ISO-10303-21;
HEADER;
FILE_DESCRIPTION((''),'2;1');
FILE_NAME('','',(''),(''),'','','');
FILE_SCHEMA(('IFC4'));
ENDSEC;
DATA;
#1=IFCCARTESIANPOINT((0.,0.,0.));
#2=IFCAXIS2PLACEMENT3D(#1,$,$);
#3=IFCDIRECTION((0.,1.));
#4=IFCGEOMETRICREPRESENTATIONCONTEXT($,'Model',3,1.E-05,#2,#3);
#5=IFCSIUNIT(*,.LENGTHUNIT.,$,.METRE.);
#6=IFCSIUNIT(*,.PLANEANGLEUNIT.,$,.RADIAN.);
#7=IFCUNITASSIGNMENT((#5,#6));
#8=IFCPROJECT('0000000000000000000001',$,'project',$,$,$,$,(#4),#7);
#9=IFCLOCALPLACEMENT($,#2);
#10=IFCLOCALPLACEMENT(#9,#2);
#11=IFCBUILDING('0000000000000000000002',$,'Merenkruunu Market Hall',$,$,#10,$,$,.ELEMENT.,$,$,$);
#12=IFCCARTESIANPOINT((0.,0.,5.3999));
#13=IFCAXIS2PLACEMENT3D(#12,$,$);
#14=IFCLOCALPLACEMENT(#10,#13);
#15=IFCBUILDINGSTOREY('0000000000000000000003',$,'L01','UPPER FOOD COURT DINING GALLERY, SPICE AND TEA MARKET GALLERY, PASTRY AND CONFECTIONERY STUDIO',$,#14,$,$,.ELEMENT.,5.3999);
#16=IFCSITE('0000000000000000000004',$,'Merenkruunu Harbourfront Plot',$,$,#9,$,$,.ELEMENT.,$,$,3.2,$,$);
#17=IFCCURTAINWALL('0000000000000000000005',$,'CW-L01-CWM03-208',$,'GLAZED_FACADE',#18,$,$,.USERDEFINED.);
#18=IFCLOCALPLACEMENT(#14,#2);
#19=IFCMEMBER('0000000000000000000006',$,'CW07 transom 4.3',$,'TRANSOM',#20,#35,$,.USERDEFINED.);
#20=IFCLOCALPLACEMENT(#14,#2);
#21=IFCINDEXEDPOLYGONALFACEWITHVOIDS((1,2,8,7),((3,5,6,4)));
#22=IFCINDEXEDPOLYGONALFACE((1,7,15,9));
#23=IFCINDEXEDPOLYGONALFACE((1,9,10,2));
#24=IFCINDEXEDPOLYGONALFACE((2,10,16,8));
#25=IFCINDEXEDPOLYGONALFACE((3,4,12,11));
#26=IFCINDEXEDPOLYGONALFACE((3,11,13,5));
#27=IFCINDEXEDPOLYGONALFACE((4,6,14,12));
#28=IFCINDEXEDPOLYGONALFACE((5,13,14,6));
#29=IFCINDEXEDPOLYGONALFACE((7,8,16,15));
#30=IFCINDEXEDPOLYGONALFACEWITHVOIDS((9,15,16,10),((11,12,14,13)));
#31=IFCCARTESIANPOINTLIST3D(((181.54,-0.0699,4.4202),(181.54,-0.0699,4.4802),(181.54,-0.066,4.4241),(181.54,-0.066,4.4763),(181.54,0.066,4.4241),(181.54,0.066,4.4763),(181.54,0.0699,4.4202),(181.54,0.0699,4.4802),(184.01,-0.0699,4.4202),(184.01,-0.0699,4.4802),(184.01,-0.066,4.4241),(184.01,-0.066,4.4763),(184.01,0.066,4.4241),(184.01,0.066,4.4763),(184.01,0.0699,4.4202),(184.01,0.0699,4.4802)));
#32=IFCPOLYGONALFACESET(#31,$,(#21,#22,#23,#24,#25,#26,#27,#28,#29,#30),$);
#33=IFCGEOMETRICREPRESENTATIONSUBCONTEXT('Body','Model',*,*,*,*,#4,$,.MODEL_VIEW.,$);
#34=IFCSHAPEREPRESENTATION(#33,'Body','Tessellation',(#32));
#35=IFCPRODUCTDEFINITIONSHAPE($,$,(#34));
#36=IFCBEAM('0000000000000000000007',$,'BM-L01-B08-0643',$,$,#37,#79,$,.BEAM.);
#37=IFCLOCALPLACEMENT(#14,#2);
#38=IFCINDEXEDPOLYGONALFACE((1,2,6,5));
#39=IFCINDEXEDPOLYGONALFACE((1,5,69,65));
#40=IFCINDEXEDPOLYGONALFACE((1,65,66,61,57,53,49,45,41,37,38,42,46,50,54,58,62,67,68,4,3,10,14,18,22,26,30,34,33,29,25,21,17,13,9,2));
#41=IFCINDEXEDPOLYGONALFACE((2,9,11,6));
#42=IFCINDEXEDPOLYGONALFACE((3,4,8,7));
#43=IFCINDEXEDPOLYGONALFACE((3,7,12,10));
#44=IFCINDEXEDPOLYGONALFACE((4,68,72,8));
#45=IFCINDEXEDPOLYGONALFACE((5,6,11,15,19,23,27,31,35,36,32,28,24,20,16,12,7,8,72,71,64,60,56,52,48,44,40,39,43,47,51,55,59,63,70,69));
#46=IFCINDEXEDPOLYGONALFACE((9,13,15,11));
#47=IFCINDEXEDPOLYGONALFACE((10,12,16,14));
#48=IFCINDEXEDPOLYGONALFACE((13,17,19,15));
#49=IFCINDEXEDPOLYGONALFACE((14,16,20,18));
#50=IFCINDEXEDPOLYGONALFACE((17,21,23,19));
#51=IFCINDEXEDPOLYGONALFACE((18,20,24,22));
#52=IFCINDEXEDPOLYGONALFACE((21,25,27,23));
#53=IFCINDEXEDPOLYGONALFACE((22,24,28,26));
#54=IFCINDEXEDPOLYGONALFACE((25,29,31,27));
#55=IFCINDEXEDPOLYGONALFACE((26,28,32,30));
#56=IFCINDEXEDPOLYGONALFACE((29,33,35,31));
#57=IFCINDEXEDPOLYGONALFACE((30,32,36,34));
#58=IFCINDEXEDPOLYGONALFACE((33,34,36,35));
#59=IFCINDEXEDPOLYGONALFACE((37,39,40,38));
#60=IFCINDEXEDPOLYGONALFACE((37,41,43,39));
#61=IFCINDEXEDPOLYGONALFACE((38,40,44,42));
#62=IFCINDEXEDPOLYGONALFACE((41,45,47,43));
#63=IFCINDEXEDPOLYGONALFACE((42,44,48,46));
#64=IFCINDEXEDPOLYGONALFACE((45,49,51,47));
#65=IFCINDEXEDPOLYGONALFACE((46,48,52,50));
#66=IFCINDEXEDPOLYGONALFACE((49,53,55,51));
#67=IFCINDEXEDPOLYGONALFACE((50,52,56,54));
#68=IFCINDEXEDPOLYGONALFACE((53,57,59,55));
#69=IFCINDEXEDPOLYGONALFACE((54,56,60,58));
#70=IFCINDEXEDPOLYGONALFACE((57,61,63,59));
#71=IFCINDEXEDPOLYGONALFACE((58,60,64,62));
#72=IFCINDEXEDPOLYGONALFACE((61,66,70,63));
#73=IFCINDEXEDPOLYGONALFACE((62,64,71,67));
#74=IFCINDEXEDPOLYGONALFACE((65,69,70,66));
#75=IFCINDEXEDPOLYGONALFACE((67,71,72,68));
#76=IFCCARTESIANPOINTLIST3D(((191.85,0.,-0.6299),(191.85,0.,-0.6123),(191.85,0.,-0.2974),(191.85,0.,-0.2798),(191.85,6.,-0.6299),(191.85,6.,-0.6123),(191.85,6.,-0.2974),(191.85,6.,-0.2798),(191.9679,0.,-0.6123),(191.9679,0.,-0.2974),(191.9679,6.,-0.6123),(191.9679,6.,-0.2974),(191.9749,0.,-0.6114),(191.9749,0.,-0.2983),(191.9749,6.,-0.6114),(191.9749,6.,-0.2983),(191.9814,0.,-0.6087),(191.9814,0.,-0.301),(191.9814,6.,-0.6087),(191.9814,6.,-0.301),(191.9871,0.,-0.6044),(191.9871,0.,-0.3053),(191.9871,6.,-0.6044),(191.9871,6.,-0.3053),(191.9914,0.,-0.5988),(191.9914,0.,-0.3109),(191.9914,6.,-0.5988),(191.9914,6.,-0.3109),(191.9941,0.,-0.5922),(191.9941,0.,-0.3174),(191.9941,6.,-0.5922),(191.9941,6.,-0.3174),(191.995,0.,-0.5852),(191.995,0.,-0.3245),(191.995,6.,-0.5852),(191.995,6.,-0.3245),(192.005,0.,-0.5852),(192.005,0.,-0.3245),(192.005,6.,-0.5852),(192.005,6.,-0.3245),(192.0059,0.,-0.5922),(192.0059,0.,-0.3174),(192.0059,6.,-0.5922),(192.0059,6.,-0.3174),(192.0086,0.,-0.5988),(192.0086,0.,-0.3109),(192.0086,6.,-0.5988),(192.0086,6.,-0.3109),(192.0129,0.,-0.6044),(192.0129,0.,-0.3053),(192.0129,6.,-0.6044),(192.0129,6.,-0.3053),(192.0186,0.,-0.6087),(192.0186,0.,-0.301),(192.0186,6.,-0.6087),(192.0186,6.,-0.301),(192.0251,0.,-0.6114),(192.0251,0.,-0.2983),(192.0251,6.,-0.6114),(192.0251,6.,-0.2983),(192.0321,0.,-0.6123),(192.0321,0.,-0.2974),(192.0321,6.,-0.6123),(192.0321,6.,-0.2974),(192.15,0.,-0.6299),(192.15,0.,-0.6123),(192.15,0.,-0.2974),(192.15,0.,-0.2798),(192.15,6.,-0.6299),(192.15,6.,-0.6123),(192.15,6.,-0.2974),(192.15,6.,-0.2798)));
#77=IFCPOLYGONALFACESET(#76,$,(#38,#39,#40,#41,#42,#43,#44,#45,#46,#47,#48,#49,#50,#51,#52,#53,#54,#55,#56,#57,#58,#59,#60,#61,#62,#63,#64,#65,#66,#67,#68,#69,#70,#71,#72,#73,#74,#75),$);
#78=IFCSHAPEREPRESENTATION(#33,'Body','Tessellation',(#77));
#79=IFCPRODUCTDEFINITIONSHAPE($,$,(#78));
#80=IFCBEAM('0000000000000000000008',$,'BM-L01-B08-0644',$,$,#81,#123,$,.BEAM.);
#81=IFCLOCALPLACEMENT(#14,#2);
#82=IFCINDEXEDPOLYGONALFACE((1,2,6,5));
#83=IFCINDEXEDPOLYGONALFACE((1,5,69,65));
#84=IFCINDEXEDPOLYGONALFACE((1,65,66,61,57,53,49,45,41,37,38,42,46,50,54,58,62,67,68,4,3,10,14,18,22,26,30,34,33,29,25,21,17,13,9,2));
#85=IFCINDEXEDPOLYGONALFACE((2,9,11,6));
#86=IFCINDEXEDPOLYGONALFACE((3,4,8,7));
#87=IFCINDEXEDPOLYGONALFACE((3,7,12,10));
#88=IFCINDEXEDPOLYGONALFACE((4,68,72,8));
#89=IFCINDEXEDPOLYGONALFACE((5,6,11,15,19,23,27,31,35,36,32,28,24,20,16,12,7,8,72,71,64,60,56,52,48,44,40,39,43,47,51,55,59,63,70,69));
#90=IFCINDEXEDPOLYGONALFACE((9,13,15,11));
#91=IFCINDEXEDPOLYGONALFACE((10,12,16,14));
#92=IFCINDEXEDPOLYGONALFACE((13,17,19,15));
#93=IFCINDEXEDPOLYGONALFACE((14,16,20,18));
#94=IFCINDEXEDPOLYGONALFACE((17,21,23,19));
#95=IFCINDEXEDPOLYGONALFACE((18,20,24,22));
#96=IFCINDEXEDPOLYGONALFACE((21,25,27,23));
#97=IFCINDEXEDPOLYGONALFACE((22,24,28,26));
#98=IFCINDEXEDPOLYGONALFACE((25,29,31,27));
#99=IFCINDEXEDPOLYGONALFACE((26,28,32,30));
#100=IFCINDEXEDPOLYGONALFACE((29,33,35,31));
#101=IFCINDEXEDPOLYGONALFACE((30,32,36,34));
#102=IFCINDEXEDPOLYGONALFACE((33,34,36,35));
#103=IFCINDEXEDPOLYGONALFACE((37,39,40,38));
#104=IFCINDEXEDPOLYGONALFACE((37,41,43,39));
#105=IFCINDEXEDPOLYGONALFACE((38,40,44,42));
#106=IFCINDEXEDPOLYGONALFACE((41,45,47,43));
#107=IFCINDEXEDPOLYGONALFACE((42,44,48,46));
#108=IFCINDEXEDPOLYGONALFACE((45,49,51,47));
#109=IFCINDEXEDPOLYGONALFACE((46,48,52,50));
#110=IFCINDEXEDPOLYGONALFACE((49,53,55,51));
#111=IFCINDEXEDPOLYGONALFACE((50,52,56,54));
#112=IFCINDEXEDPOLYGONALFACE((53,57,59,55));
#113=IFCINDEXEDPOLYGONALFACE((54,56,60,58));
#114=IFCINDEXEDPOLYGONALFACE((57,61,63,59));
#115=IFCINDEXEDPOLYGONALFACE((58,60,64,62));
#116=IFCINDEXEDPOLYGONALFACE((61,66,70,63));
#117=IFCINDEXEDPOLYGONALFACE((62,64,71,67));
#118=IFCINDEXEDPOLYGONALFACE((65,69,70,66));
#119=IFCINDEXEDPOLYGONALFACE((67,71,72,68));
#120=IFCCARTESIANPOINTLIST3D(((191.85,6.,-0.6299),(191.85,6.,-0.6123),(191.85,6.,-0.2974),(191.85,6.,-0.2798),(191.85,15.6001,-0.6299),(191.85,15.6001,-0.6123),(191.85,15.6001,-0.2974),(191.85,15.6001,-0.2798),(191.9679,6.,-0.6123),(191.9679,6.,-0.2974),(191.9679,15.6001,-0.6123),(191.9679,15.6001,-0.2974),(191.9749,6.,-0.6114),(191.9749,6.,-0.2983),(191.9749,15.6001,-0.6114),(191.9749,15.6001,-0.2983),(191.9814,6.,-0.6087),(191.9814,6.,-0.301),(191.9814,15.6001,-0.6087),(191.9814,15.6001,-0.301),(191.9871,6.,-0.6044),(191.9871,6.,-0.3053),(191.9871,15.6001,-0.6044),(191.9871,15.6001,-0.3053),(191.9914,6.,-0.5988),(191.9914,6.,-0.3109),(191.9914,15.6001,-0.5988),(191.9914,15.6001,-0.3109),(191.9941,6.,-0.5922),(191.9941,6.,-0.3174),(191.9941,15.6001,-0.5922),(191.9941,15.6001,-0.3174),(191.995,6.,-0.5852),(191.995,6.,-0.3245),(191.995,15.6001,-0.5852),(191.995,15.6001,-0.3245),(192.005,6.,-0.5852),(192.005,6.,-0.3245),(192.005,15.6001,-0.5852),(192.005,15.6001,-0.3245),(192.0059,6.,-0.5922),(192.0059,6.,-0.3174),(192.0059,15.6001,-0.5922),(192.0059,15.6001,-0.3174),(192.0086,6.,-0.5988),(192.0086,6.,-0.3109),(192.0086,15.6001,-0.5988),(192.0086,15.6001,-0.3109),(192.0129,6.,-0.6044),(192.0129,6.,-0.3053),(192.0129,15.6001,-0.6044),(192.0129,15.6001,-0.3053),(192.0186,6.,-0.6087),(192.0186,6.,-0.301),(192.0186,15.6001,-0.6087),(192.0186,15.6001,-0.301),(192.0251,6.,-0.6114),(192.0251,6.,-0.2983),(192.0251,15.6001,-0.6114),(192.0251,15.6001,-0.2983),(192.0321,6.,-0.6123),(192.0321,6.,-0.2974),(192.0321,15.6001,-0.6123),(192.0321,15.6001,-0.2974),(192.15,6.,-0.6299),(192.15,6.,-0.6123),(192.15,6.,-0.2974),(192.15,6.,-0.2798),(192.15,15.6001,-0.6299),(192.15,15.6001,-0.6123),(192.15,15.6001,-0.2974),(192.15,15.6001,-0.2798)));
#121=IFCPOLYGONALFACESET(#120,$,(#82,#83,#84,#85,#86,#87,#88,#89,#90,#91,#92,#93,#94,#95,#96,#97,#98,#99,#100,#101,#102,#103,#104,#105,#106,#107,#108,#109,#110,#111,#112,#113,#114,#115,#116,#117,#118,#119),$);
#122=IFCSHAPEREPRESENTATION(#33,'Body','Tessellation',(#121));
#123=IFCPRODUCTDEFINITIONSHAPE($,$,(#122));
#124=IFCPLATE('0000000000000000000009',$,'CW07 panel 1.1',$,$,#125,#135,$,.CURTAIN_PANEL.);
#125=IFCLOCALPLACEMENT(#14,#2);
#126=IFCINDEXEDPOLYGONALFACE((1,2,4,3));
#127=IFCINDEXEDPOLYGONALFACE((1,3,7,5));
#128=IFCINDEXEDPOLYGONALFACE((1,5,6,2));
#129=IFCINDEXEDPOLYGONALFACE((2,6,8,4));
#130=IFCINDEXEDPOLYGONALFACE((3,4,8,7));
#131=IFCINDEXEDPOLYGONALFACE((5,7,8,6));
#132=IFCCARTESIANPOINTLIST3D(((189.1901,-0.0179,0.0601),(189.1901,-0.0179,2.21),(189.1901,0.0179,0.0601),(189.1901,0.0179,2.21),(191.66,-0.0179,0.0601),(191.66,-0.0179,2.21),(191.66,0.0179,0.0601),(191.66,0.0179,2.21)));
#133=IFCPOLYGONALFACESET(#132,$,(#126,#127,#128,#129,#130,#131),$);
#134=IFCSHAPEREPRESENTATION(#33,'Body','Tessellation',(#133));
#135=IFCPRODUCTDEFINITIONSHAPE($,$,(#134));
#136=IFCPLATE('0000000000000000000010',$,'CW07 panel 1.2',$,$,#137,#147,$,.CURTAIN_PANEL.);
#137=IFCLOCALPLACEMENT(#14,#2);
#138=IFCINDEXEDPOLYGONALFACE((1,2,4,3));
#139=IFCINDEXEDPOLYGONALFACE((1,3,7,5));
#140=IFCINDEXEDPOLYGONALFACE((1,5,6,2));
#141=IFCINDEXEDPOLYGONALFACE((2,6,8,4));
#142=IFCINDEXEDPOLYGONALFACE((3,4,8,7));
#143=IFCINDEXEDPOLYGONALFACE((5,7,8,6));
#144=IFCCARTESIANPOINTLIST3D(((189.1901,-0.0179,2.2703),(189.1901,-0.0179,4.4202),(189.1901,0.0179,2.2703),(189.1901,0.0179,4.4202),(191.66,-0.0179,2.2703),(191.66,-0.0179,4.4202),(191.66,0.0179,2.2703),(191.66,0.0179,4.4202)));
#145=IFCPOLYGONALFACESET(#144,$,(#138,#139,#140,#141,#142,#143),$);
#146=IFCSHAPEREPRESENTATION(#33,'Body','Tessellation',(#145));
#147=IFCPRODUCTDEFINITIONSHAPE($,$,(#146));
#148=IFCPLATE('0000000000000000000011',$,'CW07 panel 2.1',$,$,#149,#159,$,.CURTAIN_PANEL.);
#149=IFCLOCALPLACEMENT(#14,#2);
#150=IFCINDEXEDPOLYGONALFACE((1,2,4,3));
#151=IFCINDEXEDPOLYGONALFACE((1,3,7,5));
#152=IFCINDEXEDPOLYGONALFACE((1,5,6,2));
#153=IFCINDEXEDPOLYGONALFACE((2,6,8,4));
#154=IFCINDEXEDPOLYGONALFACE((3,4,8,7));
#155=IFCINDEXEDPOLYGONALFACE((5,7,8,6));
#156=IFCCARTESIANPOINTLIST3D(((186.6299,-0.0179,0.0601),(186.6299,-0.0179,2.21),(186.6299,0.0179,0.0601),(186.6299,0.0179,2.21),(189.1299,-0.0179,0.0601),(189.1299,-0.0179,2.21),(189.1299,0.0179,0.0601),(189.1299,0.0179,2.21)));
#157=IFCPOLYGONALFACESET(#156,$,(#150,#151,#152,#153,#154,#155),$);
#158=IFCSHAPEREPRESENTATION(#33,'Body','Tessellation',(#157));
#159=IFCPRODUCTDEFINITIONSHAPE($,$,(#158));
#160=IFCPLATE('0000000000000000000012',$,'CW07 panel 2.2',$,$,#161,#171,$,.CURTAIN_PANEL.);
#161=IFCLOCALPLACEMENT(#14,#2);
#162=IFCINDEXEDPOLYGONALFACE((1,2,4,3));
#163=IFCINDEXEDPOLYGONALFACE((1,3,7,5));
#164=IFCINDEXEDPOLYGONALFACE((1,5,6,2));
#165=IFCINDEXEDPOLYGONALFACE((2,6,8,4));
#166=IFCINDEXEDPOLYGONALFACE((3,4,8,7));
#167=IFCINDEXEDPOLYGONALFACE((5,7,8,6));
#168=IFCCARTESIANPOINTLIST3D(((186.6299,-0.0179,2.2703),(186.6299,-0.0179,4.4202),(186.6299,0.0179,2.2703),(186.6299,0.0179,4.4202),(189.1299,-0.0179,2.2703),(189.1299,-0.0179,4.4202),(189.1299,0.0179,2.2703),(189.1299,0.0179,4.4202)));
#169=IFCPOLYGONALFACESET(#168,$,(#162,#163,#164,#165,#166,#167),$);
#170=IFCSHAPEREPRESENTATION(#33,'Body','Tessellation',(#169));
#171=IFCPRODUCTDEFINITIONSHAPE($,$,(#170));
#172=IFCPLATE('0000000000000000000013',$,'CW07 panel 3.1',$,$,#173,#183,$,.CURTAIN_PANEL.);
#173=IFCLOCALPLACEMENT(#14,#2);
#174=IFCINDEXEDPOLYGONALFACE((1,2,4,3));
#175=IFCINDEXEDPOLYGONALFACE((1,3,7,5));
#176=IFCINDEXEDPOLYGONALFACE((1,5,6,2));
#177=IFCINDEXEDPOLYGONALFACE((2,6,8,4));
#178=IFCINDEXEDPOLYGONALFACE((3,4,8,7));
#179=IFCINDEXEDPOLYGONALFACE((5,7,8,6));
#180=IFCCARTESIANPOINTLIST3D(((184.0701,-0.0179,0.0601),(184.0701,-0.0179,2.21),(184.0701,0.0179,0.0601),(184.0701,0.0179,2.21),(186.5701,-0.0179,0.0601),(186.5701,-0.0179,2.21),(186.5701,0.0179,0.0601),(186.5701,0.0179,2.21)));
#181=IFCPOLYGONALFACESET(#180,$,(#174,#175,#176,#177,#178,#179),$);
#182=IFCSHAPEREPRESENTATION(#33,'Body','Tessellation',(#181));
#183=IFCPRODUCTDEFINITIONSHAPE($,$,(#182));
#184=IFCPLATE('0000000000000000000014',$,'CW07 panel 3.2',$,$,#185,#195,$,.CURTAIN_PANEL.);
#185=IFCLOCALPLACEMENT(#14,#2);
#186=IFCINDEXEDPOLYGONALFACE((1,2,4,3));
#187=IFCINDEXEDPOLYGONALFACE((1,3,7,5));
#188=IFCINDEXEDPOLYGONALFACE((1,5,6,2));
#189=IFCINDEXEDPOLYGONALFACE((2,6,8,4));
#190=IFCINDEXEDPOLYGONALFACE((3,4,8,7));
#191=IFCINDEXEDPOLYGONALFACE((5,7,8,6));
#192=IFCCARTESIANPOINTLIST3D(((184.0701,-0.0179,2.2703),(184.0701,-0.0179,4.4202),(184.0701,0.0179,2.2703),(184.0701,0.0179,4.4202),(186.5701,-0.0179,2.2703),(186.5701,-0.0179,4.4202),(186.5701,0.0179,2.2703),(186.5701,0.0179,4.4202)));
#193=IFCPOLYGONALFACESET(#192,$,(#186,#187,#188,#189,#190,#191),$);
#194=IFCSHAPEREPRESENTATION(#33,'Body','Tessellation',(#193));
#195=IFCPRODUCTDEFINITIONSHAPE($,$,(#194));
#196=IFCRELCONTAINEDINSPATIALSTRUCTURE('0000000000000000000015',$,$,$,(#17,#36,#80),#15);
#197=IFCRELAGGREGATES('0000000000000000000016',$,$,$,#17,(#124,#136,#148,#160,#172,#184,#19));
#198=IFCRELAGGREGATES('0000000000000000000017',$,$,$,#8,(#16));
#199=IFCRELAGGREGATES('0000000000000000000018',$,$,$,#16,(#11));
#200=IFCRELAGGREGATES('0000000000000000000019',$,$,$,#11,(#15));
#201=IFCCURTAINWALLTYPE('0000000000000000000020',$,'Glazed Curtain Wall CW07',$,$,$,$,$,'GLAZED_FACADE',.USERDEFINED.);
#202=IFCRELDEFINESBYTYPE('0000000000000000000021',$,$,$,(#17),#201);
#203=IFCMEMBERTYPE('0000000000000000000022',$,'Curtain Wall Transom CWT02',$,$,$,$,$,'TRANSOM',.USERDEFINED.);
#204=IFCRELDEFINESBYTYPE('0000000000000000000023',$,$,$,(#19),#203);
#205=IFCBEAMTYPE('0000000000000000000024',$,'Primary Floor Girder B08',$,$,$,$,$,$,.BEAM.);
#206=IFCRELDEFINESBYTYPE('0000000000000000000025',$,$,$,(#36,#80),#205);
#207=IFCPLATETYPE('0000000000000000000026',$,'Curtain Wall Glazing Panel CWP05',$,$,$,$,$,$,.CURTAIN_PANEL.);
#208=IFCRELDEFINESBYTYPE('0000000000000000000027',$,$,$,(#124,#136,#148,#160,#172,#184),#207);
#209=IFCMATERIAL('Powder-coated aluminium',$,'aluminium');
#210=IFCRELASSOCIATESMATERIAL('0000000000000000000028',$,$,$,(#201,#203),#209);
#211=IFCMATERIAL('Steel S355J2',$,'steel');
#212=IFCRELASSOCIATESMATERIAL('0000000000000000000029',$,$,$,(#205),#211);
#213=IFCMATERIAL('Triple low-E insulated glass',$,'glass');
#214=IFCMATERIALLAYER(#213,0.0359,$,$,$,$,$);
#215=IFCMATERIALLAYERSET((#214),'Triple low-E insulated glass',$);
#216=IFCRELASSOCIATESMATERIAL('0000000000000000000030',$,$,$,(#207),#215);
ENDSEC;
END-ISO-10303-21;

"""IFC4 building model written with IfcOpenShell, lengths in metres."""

from ifc_helpers import new_model, si_unit, direction, frame, origin, origin_2d, place, context, subcontext, project, spatial, rectangle, hollow_rectangle, i_section, extrude, material, layer, layer_set, material_profile, profile_set, type_object, element, aggregate, save


model = new_model("IFC4")

# Units and contexts
model_context = context("Model", 3, precision=1e-05, world=origin(), true_north=direction((0.0, 1.0)))
body_context = subcontext(model_context, "Body", "Model", "MODEL_VIEW")
ifc_project = project(units=[si_unit("LENGTHUNIT", "METRE"), si_unit("PLANEANGLEUNIT", "RADIAN")], contexts=[model_context])

# Site, building, storey
site_placement = place(None, origin())
site = spatial("IfcSite", under=ifc_project, at=site_placement, Name="Merenkruunu Harbourfront Plot", CompositionType="ELEMENT", RefElevation=3.2)
building_placement = place(site_placement, origin())
building = spatial("IfcBuilding", under=site, at=building_placement, Name="Merenkruunu Market Hall", CompositionType="ELEMENT")
storey_placement = place(building_placement, frame((0.0, 0.0, 5.3999)))
storey = spatial("IfcBuildingStorey", under=building, at=storey_placement, Name="L01", Description="UPPER FOOD COURT DINING GALLERY, SPICE AND TEA MARKET GALLERY, PASTRY AND CONFECTIONERY STUDIO", CompositionType="ELEMENT", Elevation=5.3999)

# Shared definitions
ifc_material_1 = material(Name="Steel S355J2", Category="steel")

# Curtain wall
ifc_material_2 = material(Name="Powder-coated aluminium", Category="aluminium")
curtain_wall_type = type_object("IfcCurtainWallType", Name="Glazed Curtain Wall CW07", ElementType="GLAZED_FACADE", PredefinedType="USERDEFINED", material=ifc_material_2)
curtain_wall_1_placement = place(storey_placement, origin())
curtain_wall_1 = element("IfcCurtainWall", 1, at=curtain_wall_1_placement, inside=storey, type_object=curtain_wall_type, Name="CW-L01-CWM03-208", ObjectType="GLAZED_FACADE", PredefinedType="USERDEFINED")

# Member
ifc_material_profile_1 = material_profile(ifc_material_2, hollow_rectangle(XDim=0.0601, YDim=0.1399, WallThickness=0.0039, at=origin_2d()), Name="ALU 60x140x4")
ifc_profile_set_1 = profile_set([ifc_material_profile_1], Name="Powder-coated aluminium")
member_type_1 = type_object("IfcMemberType", Name="Curtain Wall Transom CWT02", ElementType="TRANSOM", PredefinedType="USERDEFINED", material=ifc_profile_set_1)
member_1_placement = place(storey_placement, frame((184.01, 0.0, 4.4502), z_axis=(-1.0, 0.0, 0.0), x_axis=(0.0, 0.0, 1.0)))
member_1 = element("IfcMember", 2, at=member_1_placement, type_object=member_type_1, Name="CW07 transom 4.3", ObjectType="TRANSOM", PredefinedType="USERDEFINED", context=body_context, shape_type="SweptSolid", body=[
    extrude(hollow_rectangle(XDim=0.0601, YDim=0.1399, WallThickness=0.0039, at=origin_2d()), origin(), (0.0, 0.0, 1.0), 2.47),
])

# Beams
ifc_material_profile_2 = material_profile(ifc_material_1, i_section(OverallWidth=0.3, OverallDepth=0.3501, WebThickness=0.01, FlangeThickness=0.0176, FilletRadius=0.0271, at=origin_2d()), Name="HEA 360")
ifc_profile_set_2 = profile_set([ifc_material_profile_2], Name="Steel S355J2")
beam_type = type_object("IfcBeamType", Name="Primary Floor Girder B08", PredefinedType="BEAM", material=ifc_profile_set_2)
beam_1_placement = place(storey_placement, frame((192.0, 0.0, -0.4548), z_axis=(0.0, 1.0, 0.0), x_axis=(-1.0, 0.0, 0.0)))
element("IfcBeam", 3, at=beam_1_placement, inside=storey, type_object=beam_type, Name="BM-L01-B08-0643", PredefinedType="BEAM", context=body_context, shape_type="SweptSolid", body=[
    extrude(i_section(OverallWidth=0.3, OverallDepth=0.3501, WebThickness=0.01, FlangeThickness=0.0176, FilletRadius=0.0271, at=origin_2d()), origin(), (0.0, 0.0, 1.0), 6.0),
])
beam_2_placement = place(storey_placement, frame((192.0, 6.0, -0.4548), z_axis=(0.0, 1.0, 0.0), x_axis=(-1.0, 0.0, 0.0)))
element("IfcBeam", 4, at=beam_2_placement, inside=storey, type_object=beam_type, Name="BM-L01-B08-0644", PredefinedType="BEAM", context=body_context, shape_type="SweptSolid", body=[
    extrude(i_section(OverallWidth=0.3, OverallDepth=0.3501, WebThickness=0.01, FlangeThickness=0.0176, FilletRadius=0.0271, at=origin_2d()), origin(), (0.0, 0.0, 1.0), 9.6001),
])

# Plates
ifc_material_3 = material(Name="Triple low-E insulated glass", Category="glass")
ifc_layer_1 = layer(ifc_material_3, 0.0359)
ifc_layer_set_1 = layer_set([ifc_layer_1], Name="Triple low-E insulated glass")
plate_type_1 = type_object("IfcPlateType", Name="Curtain Wall Glazing Panel CWP05", PredefinedType="CURTAIN_PANEL", material=ifc_layer_set_1)
plate_1_placement = place(storey_placement, frame((190.425, 0.0, 0.0601), z_axis=(0.0, 0.0, 1.0), x_axis=(-1.0, 0.0, 0.0)))
plate_1 = element("IfcPlate", 5, at=plate_1_placement, type_object=plate_type_1, Name="CW07 panel 1.1", PredefinedType="CURTAIN_PANEL", context=body_context, shape_type="SweptSolid", body=[
    extrude(rectangle(XDim=2.47, YDim=0.0359, at=origin_2d()), origin(), (0.0, 0.0, 1.0), 2.1499),
])
plate_2_placement = place(storey_placement, frame((190.425, 0.0, 2.2703), z_axis=(0.0, 0.0, 1.0), x_axis=(-1.0, 0.0, 0.0)))
plate_2 = element("IfcPlate", 6, at=plate_2_placement, type_object=plate_type_1, Name="CW07 panel 1.2", PredefinedType="CURTAIN_PANEL", context=body_context, shape_type="SweptSolid", body=[
    extrude(rectangle(XDim=2.47, YDim=0.0359, at=origin_2d()), origin(), (0.0, 0.0, 1.0), 2.1499),
])
plate_3_placement = place(storey_placement, frame((187.8799, 0.0, 0.0601), z_axis=(0.0, 0.0, 1.0), x_axis=(-1.0, 0.0, 0.0)))
plate_3 = element("IfcPlate", 7, at=plate_3_placement, type_object=plate_type_1, Name="CW07 panel 2.1", PredefinedType="CURTAIN_PANEL", context=body_context, shape_type="SweptSolid", body=[
    extrude(rectangle(XDim=2.5, YDim=0.0359, at=origin_2d()), origin(), (0.0, 0.0, 1.0), 2.1499),
])
plate_4_placement = place(storey_placement, frame((187.8799, 0.0, 2.2703), z_axis=(0.0, 0.0, 1.0), x_axis=(-1.0, 0.0, 0.0)))
plate_4 = element("IfcPlate", 8, at=plate_4_placement, type_object=plate_type_1, Name="CW07 panel 2.2", PredefinedType="CURTAIN_PANEL", context=body_context, shape_type="SweptSolid", body=[
    extrude(rectangle(XDim=2.5, YDim=0.0359, at=origin_2d()), origin(), (0.0, 0.0, 1.0), 2.1499),
])
plate_5_placement = place(storey_placement, frame((185.3201, 0.0, 0.0601), z_axis=(0.0, 0.0, 1.0), x_axis=(-1.0, 0.0, 0.0)))
plate_5 = element("IfcPlate", 9, at=plate_5_placement, type_object=plate_type_1, Name="CW07 panel 3.1", PredefinedType="CURTAIN_PANEL", context=body_context, shape_type="SweptSolid", body=[
    extrude(rectangle(XDim=2.5, YDim=0.0359, at=origin_2d()), origin(), (0.0, 0.0, 1.0), 2.1499),
])
plate_6_placement = place(storey_placement, frame((185.3201, 0.0, 2.2703), z_axis=(0.0, 0.0, 1.0), x_axis=(-1.0, 0.0, 0.0)))
plate_6 = element("IfcPlate", 10, at=plate_6_placement, type_object=plate_type_1, Name="CW07 panel 3.2", PredefinedType="CURTAIN_PANEL", context=body_context, shape_type="SweptSolid", body=[
    extrude(rectangle(XDim=2.5, YDim=0.0359, at=origin_2d()), origin(), (0.0, 0.0, 1.0), 2.1499),
])
aggregate(curtain_wall_1, [plate_1, plate_2, plate_3, plate_4, plate_5, plate_6, member_1])

save(model, "model.ifc")
